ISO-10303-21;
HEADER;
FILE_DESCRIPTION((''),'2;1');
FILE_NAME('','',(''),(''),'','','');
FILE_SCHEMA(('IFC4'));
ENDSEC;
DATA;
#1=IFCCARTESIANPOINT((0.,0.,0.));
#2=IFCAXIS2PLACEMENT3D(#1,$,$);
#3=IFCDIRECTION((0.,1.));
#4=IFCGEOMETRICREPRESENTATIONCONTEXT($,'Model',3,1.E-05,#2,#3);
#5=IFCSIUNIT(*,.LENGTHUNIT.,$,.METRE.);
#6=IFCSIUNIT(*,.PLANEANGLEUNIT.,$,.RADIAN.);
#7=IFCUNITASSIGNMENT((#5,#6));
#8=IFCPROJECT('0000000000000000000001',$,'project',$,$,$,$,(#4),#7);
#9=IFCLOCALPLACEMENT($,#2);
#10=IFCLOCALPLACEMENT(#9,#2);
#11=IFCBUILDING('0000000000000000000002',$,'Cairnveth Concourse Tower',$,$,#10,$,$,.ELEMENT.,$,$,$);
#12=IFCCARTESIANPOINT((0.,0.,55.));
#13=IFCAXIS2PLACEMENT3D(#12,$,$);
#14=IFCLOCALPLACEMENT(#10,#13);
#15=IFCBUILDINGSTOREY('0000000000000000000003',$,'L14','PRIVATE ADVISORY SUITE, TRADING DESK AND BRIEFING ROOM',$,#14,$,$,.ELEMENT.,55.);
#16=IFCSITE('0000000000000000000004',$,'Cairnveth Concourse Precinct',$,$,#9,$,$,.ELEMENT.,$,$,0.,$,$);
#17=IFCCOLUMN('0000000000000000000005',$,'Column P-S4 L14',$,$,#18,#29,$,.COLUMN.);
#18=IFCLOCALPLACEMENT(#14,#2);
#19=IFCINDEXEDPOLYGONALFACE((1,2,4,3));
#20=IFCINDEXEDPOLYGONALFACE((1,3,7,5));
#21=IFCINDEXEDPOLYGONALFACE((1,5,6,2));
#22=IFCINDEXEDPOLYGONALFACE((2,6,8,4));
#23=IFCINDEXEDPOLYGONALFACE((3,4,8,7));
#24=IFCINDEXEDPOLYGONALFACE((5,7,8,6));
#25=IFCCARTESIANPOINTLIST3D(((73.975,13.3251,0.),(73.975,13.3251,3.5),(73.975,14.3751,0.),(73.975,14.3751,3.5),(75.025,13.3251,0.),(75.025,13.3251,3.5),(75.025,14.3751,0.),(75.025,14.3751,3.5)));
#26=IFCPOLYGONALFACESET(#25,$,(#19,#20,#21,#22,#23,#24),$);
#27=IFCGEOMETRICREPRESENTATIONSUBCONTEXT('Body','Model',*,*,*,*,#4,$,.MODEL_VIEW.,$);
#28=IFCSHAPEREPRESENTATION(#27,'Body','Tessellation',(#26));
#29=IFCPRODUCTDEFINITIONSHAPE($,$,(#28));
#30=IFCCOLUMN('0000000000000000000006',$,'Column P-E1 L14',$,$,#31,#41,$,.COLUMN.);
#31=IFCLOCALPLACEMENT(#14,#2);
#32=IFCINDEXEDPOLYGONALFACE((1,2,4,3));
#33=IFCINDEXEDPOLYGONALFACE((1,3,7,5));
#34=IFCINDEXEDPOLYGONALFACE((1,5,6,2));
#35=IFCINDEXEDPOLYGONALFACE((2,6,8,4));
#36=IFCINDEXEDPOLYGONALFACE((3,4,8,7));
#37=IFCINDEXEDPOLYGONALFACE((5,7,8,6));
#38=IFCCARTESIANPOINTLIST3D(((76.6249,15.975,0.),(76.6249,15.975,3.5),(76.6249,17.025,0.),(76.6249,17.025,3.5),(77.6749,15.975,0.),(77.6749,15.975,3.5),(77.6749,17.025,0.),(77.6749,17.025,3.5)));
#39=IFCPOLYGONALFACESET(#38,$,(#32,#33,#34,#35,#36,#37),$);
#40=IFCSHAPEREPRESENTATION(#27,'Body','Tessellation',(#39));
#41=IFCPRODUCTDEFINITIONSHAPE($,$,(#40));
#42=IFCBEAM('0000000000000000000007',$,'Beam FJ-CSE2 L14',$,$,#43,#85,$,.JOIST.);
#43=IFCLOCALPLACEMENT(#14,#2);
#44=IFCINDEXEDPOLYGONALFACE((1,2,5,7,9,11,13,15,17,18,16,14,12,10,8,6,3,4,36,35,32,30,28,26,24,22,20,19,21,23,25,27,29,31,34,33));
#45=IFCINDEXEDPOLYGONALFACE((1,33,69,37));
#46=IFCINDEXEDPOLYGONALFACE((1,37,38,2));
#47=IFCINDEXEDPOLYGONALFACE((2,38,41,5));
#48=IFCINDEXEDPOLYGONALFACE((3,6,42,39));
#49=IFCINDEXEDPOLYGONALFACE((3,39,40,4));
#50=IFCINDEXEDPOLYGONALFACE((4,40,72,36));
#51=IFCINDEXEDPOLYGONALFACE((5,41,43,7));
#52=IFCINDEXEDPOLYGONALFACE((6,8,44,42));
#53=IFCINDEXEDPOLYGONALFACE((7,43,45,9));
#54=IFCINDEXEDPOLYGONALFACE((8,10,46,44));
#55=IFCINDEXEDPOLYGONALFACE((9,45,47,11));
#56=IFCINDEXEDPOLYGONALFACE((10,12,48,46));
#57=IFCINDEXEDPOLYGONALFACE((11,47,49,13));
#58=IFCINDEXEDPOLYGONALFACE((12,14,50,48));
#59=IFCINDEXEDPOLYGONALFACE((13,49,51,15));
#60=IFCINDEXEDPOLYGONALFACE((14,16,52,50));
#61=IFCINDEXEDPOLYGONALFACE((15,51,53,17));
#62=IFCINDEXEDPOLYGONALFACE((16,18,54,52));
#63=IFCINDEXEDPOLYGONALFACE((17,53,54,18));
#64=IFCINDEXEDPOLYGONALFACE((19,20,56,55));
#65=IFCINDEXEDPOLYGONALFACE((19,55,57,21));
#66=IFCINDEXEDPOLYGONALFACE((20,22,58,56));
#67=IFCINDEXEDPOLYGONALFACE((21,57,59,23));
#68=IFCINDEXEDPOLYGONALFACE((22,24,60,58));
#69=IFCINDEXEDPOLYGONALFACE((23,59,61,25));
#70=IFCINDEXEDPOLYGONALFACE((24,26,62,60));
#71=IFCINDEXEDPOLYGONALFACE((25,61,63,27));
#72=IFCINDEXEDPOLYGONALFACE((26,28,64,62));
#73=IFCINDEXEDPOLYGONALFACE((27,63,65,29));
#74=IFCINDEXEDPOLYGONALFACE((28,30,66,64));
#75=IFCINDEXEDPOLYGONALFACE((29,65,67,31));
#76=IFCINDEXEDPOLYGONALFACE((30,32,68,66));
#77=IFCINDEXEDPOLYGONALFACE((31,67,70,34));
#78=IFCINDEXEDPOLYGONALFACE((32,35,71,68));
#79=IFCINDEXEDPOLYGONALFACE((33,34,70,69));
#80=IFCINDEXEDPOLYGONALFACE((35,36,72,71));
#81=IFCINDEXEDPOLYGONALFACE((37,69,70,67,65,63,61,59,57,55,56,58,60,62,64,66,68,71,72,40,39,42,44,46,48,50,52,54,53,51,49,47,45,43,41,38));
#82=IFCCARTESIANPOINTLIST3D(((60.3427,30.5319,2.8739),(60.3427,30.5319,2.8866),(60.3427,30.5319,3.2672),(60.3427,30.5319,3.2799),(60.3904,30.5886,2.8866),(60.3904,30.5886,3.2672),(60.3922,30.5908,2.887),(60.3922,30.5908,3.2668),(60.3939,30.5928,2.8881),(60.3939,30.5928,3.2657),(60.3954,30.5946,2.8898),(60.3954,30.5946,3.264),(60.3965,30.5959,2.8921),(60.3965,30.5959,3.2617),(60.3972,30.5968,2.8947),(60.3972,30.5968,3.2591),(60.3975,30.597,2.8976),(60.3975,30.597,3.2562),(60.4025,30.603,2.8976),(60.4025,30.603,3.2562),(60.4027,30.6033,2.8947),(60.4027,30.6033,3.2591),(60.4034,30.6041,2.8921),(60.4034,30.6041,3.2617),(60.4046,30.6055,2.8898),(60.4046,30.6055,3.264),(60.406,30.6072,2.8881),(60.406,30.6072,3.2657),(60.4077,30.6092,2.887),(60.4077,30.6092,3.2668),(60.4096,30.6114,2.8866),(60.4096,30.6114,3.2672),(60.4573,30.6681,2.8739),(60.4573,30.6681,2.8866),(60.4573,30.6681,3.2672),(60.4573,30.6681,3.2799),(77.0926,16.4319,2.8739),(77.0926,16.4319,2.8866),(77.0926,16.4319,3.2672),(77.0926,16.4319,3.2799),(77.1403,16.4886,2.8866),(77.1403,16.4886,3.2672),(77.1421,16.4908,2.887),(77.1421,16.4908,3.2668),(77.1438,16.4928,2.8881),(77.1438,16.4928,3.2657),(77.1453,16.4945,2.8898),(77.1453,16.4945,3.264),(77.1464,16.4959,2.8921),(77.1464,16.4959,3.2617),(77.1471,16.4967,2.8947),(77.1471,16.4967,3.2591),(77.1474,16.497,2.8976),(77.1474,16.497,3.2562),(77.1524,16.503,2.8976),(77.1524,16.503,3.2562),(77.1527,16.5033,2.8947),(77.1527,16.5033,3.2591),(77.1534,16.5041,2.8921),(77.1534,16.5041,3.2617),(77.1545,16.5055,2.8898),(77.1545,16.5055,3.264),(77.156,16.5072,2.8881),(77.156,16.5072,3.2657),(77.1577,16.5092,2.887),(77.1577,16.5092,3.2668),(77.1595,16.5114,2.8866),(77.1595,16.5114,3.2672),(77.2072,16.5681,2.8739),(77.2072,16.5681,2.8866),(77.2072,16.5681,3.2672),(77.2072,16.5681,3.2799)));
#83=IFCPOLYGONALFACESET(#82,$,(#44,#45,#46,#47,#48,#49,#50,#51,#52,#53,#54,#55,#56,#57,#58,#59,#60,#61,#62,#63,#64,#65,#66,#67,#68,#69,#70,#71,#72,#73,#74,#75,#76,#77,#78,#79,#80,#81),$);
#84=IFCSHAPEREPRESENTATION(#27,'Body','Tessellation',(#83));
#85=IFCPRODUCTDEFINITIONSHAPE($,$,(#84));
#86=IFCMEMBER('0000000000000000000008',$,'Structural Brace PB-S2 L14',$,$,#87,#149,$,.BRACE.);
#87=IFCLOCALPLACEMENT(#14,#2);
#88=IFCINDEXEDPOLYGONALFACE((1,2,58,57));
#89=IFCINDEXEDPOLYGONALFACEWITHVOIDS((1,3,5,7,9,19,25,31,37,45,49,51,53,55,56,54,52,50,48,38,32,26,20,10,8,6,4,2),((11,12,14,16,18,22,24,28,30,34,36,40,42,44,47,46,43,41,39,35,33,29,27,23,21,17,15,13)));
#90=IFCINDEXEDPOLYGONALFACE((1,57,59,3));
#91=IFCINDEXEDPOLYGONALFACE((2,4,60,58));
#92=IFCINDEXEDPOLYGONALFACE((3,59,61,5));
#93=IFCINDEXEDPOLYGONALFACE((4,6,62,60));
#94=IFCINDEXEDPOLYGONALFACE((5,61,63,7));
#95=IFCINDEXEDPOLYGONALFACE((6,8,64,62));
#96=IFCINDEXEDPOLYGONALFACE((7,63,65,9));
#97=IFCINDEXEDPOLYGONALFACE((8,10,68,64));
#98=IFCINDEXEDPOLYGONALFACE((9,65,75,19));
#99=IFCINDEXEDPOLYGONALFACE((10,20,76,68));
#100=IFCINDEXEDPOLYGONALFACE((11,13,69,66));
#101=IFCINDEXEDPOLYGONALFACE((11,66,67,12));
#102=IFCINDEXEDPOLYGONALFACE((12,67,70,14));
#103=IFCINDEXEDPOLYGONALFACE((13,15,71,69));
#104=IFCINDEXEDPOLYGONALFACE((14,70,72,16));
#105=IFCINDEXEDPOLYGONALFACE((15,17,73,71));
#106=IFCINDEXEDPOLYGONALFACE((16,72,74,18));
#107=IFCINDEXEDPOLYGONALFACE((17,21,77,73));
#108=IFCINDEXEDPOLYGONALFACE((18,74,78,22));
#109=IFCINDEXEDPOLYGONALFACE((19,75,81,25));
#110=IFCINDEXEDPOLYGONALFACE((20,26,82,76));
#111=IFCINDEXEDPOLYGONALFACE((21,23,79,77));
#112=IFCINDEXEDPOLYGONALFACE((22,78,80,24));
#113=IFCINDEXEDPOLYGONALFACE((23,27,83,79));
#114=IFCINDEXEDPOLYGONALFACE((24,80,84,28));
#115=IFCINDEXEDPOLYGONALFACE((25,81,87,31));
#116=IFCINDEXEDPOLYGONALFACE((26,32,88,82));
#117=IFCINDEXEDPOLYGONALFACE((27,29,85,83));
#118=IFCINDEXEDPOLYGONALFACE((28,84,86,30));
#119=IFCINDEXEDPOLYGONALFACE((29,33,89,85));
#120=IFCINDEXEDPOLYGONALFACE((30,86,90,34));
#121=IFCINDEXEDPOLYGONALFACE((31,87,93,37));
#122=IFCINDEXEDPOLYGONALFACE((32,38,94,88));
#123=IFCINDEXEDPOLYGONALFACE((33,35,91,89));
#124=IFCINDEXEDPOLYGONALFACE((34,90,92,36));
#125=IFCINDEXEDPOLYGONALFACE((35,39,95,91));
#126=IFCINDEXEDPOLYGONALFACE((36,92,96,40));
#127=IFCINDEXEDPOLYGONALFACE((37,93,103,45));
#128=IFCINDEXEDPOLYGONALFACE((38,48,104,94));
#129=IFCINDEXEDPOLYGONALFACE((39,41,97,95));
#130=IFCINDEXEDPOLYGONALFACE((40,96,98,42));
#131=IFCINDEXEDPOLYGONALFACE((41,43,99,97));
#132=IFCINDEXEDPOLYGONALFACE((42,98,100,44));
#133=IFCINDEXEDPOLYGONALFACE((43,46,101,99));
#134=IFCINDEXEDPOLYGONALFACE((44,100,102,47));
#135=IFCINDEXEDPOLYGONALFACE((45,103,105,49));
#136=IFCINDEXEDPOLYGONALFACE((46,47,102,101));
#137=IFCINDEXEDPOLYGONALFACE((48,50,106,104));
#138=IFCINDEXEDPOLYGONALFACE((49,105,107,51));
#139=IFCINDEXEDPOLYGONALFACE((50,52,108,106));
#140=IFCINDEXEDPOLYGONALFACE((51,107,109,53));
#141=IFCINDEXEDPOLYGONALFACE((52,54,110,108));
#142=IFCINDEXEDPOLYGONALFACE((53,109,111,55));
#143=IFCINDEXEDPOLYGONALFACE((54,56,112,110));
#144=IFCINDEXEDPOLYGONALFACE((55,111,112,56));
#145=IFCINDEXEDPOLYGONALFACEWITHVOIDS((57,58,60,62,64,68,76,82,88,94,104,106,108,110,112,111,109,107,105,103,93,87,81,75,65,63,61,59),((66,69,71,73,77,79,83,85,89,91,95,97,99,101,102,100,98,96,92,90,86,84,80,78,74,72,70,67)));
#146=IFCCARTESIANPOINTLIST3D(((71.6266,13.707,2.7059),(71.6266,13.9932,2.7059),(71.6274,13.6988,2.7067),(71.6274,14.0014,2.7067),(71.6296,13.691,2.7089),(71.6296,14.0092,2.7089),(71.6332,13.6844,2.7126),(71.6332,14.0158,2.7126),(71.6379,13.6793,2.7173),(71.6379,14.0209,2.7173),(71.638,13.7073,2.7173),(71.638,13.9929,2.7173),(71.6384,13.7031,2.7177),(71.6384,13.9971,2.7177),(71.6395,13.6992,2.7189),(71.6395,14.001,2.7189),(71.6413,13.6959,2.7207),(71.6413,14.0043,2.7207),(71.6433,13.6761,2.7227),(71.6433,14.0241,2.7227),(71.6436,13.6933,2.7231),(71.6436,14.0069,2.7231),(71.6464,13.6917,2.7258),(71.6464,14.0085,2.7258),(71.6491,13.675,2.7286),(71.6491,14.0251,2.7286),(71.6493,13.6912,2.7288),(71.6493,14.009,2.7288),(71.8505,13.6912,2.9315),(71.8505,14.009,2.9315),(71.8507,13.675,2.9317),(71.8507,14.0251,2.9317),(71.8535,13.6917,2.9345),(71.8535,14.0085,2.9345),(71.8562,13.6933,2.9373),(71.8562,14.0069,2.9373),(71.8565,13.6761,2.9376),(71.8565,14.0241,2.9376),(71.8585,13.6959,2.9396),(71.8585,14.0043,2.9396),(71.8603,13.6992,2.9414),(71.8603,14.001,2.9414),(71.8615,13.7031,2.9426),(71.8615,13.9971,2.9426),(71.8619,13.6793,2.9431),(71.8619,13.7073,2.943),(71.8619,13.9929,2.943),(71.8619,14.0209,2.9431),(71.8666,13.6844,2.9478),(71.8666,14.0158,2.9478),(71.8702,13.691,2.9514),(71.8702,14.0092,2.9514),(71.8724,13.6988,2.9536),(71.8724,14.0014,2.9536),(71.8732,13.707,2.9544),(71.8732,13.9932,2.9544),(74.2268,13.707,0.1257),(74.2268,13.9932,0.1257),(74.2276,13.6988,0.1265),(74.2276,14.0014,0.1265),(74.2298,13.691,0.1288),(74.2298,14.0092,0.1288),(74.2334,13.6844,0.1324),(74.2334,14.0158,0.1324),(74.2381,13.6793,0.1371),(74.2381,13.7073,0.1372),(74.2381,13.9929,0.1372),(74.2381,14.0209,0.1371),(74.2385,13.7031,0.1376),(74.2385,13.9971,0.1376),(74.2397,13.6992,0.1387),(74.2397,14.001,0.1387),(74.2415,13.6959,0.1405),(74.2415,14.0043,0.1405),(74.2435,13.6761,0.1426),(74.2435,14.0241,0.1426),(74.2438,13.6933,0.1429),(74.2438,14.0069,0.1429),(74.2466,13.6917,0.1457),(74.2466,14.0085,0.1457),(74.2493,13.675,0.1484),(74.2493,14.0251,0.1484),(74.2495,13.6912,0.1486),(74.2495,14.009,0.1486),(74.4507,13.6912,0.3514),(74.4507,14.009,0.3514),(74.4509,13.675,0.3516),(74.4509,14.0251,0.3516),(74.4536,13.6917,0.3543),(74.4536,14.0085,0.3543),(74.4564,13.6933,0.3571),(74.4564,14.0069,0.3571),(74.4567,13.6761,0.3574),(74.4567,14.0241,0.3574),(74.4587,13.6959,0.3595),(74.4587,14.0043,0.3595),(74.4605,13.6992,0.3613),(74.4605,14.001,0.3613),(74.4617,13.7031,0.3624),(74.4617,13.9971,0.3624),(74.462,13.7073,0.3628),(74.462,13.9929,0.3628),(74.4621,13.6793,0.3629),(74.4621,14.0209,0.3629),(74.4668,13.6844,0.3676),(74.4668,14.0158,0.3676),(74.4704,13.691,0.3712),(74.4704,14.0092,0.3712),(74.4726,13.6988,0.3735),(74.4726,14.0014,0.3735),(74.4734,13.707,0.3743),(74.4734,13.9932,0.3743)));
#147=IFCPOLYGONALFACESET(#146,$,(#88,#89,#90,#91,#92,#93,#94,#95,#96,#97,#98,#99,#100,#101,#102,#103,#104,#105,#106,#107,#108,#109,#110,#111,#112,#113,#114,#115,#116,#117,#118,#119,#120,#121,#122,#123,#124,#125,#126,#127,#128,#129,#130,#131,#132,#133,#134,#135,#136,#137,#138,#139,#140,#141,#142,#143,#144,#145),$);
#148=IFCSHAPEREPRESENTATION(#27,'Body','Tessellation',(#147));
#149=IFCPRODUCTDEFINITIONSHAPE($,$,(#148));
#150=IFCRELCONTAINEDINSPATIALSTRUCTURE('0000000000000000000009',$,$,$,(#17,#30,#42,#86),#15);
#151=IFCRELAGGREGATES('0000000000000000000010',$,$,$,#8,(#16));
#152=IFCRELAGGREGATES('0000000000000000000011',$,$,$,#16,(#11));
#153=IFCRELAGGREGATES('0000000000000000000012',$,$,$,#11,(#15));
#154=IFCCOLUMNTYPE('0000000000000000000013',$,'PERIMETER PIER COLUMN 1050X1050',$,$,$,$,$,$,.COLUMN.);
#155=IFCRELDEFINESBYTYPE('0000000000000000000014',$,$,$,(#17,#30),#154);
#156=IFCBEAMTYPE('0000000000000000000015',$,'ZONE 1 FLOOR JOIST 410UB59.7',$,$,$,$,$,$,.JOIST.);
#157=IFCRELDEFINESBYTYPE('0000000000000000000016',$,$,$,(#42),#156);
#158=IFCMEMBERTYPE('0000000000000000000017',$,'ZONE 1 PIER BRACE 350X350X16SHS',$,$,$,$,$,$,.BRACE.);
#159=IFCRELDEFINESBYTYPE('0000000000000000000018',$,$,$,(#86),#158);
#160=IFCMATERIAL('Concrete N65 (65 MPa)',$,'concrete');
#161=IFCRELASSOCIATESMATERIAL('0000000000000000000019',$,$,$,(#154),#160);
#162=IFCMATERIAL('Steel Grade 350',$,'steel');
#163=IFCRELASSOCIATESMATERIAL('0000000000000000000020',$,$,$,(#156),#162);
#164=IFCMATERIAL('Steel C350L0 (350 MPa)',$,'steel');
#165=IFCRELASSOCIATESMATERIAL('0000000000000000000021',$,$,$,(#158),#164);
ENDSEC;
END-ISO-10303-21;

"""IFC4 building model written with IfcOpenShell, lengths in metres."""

from ifc_helpers import new_model, si_unit, direction, frame, origin, origin_2d, place, context, subcontext, project, spatial, rectangle, hollow_rectangle, i_section, extrude, material, material_profile, profile_set, type_object, element, save


model = new_model("IFC4")

# Units and contexts
model_context = context("Model", 3, precision=1e-05, world=origin(), true_north=direction((0.0, 1.0)))
body_context = subcontext(model_context, "Body", "Model", "MODEL_VIEW")
ifc_project = project(units=[si_unit("LENGTHUNIT", "METRE"), si_unit("PLANEANGLEUNIT", "RADIAN")], contexts=[model_context])

# Site, building, storey
site_placement = place(None, origin())
site = spatial("IfcSite", under=ifc_project, at=site_placement, Name="Cairnveth Concourse Precinct", CompositionType="ELEMENT", RefElevation=0.0)
building_placement = place(site_placement, origin())
building = spatial("IfcBuilding", under=site, at=building_placement, Name="Cairnveth Concourse Tower", CompositionType="ELEMENT")
storey_placement = place(building_placement, frame((0.0, 0.0, 55.0)))
storey = spatial("IfcBuildingStorey", under=building, at=storey_placement, Name="L14", Description="PRIVATE ADVISORY SUITE, TRADING DESK AND BRIEFING ROOM", CompositionType="ELEMENT", Elevation=55.0)

# Columns
ifc_material_1 = material(Name="Concrete N65 (65 MPa)", Category="concrete")
ifc_material_profile_1 = material_profile(ifc_material_1, rectangle(XDim=1.05, YDim=1.05, at=origin_2d()), Name="RC-COL-1050x1050")
ifc_profile_set_1 = profile_set([ifc_material_profile_1], Name="Concrete N65 (65 MPa)")
column_type = type_object("IfcColumnType", Name="PERIMETER PIER COLUMN 1050X1050", PredefinedType="COLUMN", material=ifc_profile_set_1)
for number, where, z_axis, x_axis, name in (
    (1, (74.5, 13.8501, 0.0), (0.0, 0.0, 1.0), (1.0, 0.0, 0.0), "Column P-S4 L14"),
    (2, (77.1499, 16.5, 0.0), (0.0, 0.0, 1.0), (0.0, 1.0, 0.0), "Column P-E1 L14"),
):
    element("IfcColumn", number, at=place(storey_placement, frame(where, z_axis=z_axis, x_axis=x_axis)), inside=storey, type_object=column_type, Name=name, PredefinedType="COLUMN", context=body_context, shape_type="SweptSolid", body=[
        extrude(rectangle(XDim=1.05, YDim=1.05, at=origin_2d()), origin(), (0.0, 0.0, 1.0), 3.5),
    ])

# Beam
ifc_material_2 = material(Name="Steel Grade 350", Category="steel")
ifc_material_profile_2 = material_profile(ifc_material_2, i_section(OverallWidth=0.178, OverallDepth=0.406, WebThickness=0.0078, FlangeThickness=0.0127, FilletRadius=0.011, at=origin_2d()), Name="410UB59.7")
ifc_profile_set_2 = profile_set([ifc_material_profile_2], Name="Steel Grade 350")
beam_type_1 = type_object("IfcBeamType", Name="ZONE 1 FLOOR JOIST 410UB59.7", PredefinedType="JOIST", material=ifc_profile_set_2)
beam_1_placement = place(storey_placement, frame((77.1499, 16.5, 3.0769), z_axis=(-0.765027, 0.643998, 0.0), x_axis=(-0.643998, -0.765027, 0.0)))
element("IfcBeam", 3, at=beam_1_placement, inside=storey, type_object=beam_type_1, Name="Beam FJ-CSE2 L14", PredefinedType="JOIST", context=body_context, shape_type="SweptSolid", body=[
    extrude(i_section(OverallWidth=0.178, OverallDepth=0.406, WebThickness=0.0078, FlangeThickness=0.0127, FilletRadius=0.011, at=origin_2d()), origin(), (0.0, 0.0, 1.0), 21.8945),
])

# Member
ifc_material_3 = material(Name="Steel C350L0 (350 MPa)", Category="steel")
ifc_material_profile_3 = material_profile(ifc_material_3, hollow_rectangle(XDim=0.3501, YDim=0.3501, WallThickness=0.0161, InnerFilletRadius=0.0161, OuterFilletRadius=0.032, at=origin_2d()), Name="350x350x16.0SHS")
ifc_profile_set_3 = profile_set([ifc_material_profile_3], Name="Steel C350L0 (350 MPa)")
member_type = type_object("IfcMemberType", Name="ZONE 1 PIER BRACE 350X350X16SHS", PredefinedType="BRACE", material=ifc_profile_set_3)
for number, where, z_axis, x_axis, name in (
    (4, (74.3501, 13.8501, 0.25), (-0.709834, 0.0, 0.704369), (0.0, -1.0, 0.0), "Structural Brace PB-S2 L14"),
):
    element("IfcMember", number, at=place(storey_placement, frame(where, z_axis=z_axis, x_axis=x_axis)), inside=storey, type_object=member_type, Name=name, PredefinedType="BRACE", context=body_context, shape_type="SweptSolid", body=[
        extrude(hollow_rectangle(XDim=0.3501, YDim=0.3501, WallThickness=0.0161, InnerFilletRadius=0.0161, OuterFilletRadius=0.032, at=origin_2d()), origin(), (0.0, 0.0, 1.0), 3.6631),
    ])

save(model, "model.ifc")
